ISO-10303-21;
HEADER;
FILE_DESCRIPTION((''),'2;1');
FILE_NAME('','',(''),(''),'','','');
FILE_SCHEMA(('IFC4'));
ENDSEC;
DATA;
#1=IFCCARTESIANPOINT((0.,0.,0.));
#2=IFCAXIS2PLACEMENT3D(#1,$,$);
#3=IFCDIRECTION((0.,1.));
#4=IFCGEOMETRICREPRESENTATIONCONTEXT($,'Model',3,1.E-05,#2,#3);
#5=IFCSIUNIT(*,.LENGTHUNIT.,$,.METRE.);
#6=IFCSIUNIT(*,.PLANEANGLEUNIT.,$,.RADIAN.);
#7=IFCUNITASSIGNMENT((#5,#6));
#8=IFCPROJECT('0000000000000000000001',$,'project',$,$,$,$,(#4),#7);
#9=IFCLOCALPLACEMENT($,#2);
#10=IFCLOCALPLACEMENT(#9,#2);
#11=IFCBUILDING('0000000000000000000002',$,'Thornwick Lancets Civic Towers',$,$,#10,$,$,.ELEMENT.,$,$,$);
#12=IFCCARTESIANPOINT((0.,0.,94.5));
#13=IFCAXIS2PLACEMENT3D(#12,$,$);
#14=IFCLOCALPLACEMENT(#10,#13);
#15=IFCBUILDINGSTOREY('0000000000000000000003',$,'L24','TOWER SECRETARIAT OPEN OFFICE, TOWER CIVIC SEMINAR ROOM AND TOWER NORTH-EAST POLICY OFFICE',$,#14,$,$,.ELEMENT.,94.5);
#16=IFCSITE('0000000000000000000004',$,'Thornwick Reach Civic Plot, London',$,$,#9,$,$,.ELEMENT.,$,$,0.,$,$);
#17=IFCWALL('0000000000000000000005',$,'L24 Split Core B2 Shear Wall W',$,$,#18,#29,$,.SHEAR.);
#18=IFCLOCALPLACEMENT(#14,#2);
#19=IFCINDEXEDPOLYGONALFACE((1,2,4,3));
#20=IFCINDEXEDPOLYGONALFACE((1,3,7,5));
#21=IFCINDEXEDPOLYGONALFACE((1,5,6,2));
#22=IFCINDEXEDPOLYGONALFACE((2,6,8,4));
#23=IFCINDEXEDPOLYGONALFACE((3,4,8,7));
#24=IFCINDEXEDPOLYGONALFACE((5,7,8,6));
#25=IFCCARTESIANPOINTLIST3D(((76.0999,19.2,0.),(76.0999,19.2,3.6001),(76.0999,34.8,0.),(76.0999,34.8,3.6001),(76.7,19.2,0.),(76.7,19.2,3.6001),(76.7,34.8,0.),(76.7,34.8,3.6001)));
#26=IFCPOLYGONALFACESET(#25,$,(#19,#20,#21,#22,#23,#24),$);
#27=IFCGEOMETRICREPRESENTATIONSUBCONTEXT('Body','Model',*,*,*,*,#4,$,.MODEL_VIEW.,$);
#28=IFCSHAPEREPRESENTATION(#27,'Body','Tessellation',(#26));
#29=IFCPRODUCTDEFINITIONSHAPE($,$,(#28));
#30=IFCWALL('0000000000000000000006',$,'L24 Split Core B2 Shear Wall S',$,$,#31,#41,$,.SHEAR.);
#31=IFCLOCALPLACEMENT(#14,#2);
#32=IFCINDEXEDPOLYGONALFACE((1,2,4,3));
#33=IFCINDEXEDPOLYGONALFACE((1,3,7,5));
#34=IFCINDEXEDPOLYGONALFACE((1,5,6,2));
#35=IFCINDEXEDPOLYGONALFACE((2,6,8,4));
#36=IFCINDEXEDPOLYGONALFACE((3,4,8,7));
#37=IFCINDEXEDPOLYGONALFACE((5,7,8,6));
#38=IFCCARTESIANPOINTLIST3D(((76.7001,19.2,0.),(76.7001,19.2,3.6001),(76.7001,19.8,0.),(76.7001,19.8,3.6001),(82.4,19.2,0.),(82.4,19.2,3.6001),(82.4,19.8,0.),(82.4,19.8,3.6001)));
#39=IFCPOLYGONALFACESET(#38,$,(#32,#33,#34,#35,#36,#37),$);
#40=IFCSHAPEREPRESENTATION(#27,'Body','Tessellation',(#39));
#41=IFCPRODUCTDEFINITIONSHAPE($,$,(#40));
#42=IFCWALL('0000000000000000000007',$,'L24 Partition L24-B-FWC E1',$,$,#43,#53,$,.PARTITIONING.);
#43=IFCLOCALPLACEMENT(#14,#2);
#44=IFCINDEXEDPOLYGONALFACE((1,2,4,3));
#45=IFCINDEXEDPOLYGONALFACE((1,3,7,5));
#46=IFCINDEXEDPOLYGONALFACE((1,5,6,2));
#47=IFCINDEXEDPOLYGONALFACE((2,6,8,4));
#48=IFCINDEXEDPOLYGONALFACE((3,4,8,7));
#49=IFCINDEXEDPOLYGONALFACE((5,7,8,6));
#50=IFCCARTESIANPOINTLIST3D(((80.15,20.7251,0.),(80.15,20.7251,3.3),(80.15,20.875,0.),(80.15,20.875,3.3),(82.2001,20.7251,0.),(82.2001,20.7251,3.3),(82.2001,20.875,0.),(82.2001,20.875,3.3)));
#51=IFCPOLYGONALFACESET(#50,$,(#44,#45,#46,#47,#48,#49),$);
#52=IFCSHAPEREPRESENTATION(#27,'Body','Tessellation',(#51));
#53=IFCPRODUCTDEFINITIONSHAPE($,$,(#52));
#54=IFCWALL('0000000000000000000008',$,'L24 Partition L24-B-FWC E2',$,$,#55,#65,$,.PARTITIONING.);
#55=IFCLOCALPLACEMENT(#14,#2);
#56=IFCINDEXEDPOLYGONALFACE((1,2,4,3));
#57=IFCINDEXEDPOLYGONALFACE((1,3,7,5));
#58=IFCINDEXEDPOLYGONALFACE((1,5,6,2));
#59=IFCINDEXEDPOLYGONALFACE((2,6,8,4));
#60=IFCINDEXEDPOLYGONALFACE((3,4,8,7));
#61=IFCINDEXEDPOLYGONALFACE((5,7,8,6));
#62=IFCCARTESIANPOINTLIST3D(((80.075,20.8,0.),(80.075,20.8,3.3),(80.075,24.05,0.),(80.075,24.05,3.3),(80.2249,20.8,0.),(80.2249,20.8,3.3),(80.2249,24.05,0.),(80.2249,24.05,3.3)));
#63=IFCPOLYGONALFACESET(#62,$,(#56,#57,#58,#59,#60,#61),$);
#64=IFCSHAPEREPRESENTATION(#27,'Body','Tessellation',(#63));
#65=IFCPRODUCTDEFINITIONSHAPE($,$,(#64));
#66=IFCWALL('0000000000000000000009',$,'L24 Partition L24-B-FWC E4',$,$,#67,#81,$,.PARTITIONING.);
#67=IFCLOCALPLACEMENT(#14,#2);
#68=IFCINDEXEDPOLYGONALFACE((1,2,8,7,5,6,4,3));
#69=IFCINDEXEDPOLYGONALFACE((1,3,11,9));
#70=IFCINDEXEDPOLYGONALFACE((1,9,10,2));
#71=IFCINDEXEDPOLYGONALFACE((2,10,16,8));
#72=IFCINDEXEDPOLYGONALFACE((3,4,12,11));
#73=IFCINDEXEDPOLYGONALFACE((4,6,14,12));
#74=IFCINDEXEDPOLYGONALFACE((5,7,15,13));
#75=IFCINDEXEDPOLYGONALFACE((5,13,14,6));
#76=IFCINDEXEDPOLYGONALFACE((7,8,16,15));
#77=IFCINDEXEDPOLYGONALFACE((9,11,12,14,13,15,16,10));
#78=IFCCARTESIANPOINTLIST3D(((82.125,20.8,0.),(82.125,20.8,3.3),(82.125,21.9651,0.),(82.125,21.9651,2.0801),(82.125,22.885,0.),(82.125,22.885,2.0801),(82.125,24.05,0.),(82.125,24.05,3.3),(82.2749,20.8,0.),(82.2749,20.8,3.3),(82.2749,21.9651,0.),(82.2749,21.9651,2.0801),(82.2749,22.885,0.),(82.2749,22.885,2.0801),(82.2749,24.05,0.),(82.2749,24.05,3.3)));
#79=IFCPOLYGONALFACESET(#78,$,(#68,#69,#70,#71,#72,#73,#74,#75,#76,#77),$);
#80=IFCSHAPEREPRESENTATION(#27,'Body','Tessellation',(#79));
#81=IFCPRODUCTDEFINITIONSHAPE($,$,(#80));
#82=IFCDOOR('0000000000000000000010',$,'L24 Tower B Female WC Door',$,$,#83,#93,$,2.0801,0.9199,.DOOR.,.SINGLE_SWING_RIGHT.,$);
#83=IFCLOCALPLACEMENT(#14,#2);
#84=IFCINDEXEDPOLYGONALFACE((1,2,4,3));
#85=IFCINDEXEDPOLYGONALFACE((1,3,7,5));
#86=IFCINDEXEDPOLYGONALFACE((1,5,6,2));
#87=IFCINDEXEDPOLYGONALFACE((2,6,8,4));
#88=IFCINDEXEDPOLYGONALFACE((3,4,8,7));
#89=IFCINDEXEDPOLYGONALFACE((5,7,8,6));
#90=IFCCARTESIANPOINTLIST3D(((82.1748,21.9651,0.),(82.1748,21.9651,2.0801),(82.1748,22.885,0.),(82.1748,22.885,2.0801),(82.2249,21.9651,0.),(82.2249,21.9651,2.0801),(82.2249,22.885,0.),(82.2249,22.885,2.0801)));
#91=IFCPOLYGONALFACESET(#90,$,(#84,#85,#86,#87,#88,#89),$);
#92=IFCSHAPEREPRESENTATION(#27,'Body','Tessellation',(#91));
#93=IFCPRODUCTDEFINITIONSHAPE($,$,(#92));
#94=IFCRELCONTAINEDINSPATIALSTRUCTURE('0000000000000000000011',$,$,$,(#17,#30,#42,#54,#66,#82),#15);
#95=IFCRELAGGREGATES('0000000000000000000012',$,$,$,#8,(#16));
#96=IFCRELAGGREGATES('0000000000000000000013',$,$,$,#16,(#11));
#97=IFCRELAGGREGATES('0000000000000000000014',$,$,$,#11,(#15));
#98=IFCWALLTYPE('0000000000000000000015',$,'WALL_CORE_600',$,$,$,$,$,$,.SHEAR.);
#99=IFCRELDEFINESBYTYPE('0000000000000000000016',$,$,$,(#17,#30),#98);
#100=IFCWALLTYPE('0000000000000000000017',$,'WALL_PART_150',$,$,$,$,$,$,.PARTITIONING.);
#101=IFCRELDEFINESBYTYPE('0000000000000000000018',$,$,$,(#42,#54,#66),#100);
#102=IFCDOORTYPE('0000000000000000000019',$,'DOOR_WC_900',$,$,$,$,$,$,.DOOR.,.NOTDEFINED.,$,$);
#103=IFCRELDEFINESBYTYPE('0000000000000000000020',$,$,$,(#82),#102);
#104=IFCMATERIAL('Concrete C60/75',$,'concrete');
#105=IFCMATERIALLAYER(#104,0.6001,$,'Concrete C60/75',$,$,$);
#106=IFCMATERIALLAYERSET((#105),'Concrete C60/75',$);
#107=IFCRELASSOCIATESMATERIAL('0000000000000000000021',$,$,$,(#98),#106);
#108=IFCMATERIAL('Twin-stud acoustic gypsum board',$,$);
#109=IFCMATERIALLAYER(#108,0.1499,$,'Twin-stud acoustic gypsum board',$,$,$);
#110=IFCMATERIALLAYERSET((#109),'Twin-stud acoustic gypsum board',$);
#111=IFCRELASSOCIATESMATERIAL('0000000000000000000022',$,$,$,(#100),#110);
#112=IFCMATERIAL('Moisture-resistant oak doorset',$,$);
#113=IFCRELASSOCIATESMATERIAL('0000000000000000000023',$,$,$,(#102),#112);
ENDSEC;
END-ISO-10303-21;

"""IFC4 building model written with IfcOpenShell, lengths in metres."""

from ifc_helpers import new_model, si_unit, direction, frame, frame_2d, origin, place, context, subcontext, project, spatial, rectangle, extrude, material, layer, layer_set, type_object, element, fill, save


model = new_model("IFC4")

# Units and contexts
model_context = context("Model", 3, precision=1e-05, world=origin(), true_north=direction((0.0, 1.0)))
body_context = subcontext(model_context, "Body", "Model", "MODEL_VIEW")
ifc_project = project(units=[si_unit("LENGTHUNIT", "METRE"), si_unit("PLANEANGLEUNIT", "RADIAN")], contexts=[model_context])

# Site, building, storey
site_placement = place(None, origin())
site = spatial("IfcSite", under=ifc_project, at=site_placement, Name="Thornwick Reach Civic Plot, London", CompositionType="ELEMENT", RefElevation=0.0)
building_placement = place(site_placement, origin())
building = spatial("IfcBuilding", under=site, at=building_placement, Name="Thornwick Lancets Civic Towers", CompositionType="ELEMENT")
storey_placement = place(building_placement, frame((0.0, 0.0, 94.5)))
storey = spatial("IfcBuildingStorey", under=building, at=storey_placement, Name="L24", Description="TOWER SECRETARIAT OPEN OFFICE, TOWER CIVIC SEMINAR ROOM AND TOWER NORTH-EAST POLICY OFFICE", CompositionType="ELEMENT", Elevation=94.5)

# Shared definitions
ifc_material_1 = material(Name="Concrete C60/75", Category="concrete")

# Walls
ifc_layer_1 = layer(ifc_material_1, 0.6001, Name="Concrete C60/75")
ifc_layer_set_1 = layer_set([ifc_layer_1], Name="Concrete C60/75")
wall_type_1 = type_object("IfcWallType", Name="WALL_CORE_600", PredefinedType="SHEAR", material=ifc_layer_set_1)
wall_1_placement = place(storey_placement, frame((76.3999, 19.2, 0.0), z_axis=(0.0, 0.0, 1.0), x_axis=(0.0, 1.0, 0.0)))
element("IfcWall", 1, at=wall_1_placement, inside=storey, type_object=wall_type_1, Name="L24 Split Core B2 Shear Wall W", PredefinedType="SHEAR", context=body_context, shape_type="SweptSolid", body=[
    extrude(rectangle(XDim=15.6001, YDim=0.6001, at=frame_2d((7.8, 0.0))), origin(), (0.0, 0.0, 1.0), 3.6001),
])
wall_2_placement = place(storey_placement, frame((76.7, 19.5, 0.0), z_axis=(0.0, 0.0, 1.0), x_axis=(1.0, 0.0, 0.0)))
element("IfcWall", 2, at=wall_2_placement, inside=storey, type_object=wall_type_1, Name="L24 Split Core B2 Shear Wall S", PredefinedType="SHEAR", context=body_context, shape_type="SweptSolid", body=[
    extrude(rectangle(XDim=5.7, YDim=0.6001, at=frame_2d((2.8501, 0.0))), origin(), (0.0, 0.0, 1.0), 3.6001),
])
ifc_material_2 = material(Name="Twin-stud acoustic gypsum board")
ifc_layer_2 = layer(ifc_material_2, 0.1499, Name="Twin-stud acoustic gypsum board")
ifc_layer_set_2 = layer_set([ifc_layer_2], Name="Twin-stud acoustic gypsum board")
wall_type_2 = type_object("IfcWallType", Name="WALL_PART_150", PredefinedType="PARTITIONING", material=ifc_layer_set_2)
wall_3_placement = place(storey_placement, frame((82.2, 20.8, 0.0), z_axis=(0.0, 0.0, 1.0), x_axis=(-1.0, 0.0, 0.0)))
element("IfcWall", 3, at=wall_3_placement, inside=storey, type_object=wall_type_2, Name="L24 Partition L24-B-FWC E1", PredefinedType="PARTITIONING", context=body_context, shape_type="SweptSolid", body=[
    extrude(rectangle(XDim=2.05, YDim=0.1499, at=frame_2d((1.0249, 0.0))), origin(), (0.0, 0.0, 1.0), 3.3),
])
wall_4_placement = place(storey_placement, frame((80.1499, 20.8, 0.0), z_axis=(0.0, 0.0, 1.0), x_axis=(0.0, 1.0, 0.0)))
element("IfcWall", 4, at=wall_4_placement, inside=storey, type_object=wall_type_2, Name="L24 Partition L24-B-FWC E2", PredefinedType="PARTITIONING", context=body_context, shape_type="SweptSolid", body=[
    extrude(rectangle(XDim=3.25, YDim=0.1499, at=frame_2d((1.625, 0.0))), origin(), (0.0, 0.0, 1.0), 3.3),
])

# Wall, opening, door
wall_5_placement = place(storey_placement, frame((82.2, 24.05, 0.0), z_axis=(0.0, 0.0, 1.0), x_axis=(0.0, -1.0, 0.0)))
wall_5 = element("IfcWall", 5, at=wall_5_placement, inside=storey, type_object=wall_type_2, Name="L24 Partition L24-B-FWC E4", PredefinedType="PARTITIONING", context=body_context, shape_type="SweptSolid", body=[
    extrude(rectangle(XDim=3.25, YDim=0.1499, at=frame_2d((1.625, 0.0))), origin(), (0.0, 0.0, 1.0), 3.3),
])
opening_1_placement = place(wall_5_placement, frame((1.165, 0.0, 0.0)))
opening_1 = element("IfcOpeningElement", 6, at=opening_1_placement, cuts=wall_5, PredefinedType="OPENING", context=body_context, shape_type="SweptSolid", body=[
    extrude(rectangle(XDim=0.9199, YDim=2.0801, at=frame_2d((0.46, 1.04))), frame((0.0, 0.085, 0.0), z_axis=(0.0, -1.0, 0.0), x_axis=(1.0, 0.0, 0.0)), (0.0, 0.0, 1.0), 0.1699),
])
ifc_material_3 = material(Name="Moisture-resistant oak doorset")
door_type_1 = type_object("IfcDoorType", Name="DOOR_WC_900", OperationType="NOTDEFINED", PredefinedType="DOOR", material=ifc_material_3)
door_1_placement = place(opening_1_placement, origin())
door_1 = element("IfcDoor", 7, at=door_1_placement, inside=storey, type_object=door_type_1, Name="L24 Tower B Female WC Door", OperationType="SINGLE_SWING_RIGHT", OverallHeight=2.0801, OverallWidth=0.9199, PredefinedType="DOOR", context=body_context, shape_type="SweptSolid", body=[
    extrude(rectangle(XDim=0.9199, YDim=2.0801, at=frame_2d((0.46, 1.04))), frame((0.0, 0.0249, 0.0), z_axis=(0.0, -1.0, 0.0), x_axis=(1.0, 0.0, 0.0)), (0.0, 0.0, 1.0), 0.05),
])
fill(opening_1, door_1)

save(model, "model.ifc")
